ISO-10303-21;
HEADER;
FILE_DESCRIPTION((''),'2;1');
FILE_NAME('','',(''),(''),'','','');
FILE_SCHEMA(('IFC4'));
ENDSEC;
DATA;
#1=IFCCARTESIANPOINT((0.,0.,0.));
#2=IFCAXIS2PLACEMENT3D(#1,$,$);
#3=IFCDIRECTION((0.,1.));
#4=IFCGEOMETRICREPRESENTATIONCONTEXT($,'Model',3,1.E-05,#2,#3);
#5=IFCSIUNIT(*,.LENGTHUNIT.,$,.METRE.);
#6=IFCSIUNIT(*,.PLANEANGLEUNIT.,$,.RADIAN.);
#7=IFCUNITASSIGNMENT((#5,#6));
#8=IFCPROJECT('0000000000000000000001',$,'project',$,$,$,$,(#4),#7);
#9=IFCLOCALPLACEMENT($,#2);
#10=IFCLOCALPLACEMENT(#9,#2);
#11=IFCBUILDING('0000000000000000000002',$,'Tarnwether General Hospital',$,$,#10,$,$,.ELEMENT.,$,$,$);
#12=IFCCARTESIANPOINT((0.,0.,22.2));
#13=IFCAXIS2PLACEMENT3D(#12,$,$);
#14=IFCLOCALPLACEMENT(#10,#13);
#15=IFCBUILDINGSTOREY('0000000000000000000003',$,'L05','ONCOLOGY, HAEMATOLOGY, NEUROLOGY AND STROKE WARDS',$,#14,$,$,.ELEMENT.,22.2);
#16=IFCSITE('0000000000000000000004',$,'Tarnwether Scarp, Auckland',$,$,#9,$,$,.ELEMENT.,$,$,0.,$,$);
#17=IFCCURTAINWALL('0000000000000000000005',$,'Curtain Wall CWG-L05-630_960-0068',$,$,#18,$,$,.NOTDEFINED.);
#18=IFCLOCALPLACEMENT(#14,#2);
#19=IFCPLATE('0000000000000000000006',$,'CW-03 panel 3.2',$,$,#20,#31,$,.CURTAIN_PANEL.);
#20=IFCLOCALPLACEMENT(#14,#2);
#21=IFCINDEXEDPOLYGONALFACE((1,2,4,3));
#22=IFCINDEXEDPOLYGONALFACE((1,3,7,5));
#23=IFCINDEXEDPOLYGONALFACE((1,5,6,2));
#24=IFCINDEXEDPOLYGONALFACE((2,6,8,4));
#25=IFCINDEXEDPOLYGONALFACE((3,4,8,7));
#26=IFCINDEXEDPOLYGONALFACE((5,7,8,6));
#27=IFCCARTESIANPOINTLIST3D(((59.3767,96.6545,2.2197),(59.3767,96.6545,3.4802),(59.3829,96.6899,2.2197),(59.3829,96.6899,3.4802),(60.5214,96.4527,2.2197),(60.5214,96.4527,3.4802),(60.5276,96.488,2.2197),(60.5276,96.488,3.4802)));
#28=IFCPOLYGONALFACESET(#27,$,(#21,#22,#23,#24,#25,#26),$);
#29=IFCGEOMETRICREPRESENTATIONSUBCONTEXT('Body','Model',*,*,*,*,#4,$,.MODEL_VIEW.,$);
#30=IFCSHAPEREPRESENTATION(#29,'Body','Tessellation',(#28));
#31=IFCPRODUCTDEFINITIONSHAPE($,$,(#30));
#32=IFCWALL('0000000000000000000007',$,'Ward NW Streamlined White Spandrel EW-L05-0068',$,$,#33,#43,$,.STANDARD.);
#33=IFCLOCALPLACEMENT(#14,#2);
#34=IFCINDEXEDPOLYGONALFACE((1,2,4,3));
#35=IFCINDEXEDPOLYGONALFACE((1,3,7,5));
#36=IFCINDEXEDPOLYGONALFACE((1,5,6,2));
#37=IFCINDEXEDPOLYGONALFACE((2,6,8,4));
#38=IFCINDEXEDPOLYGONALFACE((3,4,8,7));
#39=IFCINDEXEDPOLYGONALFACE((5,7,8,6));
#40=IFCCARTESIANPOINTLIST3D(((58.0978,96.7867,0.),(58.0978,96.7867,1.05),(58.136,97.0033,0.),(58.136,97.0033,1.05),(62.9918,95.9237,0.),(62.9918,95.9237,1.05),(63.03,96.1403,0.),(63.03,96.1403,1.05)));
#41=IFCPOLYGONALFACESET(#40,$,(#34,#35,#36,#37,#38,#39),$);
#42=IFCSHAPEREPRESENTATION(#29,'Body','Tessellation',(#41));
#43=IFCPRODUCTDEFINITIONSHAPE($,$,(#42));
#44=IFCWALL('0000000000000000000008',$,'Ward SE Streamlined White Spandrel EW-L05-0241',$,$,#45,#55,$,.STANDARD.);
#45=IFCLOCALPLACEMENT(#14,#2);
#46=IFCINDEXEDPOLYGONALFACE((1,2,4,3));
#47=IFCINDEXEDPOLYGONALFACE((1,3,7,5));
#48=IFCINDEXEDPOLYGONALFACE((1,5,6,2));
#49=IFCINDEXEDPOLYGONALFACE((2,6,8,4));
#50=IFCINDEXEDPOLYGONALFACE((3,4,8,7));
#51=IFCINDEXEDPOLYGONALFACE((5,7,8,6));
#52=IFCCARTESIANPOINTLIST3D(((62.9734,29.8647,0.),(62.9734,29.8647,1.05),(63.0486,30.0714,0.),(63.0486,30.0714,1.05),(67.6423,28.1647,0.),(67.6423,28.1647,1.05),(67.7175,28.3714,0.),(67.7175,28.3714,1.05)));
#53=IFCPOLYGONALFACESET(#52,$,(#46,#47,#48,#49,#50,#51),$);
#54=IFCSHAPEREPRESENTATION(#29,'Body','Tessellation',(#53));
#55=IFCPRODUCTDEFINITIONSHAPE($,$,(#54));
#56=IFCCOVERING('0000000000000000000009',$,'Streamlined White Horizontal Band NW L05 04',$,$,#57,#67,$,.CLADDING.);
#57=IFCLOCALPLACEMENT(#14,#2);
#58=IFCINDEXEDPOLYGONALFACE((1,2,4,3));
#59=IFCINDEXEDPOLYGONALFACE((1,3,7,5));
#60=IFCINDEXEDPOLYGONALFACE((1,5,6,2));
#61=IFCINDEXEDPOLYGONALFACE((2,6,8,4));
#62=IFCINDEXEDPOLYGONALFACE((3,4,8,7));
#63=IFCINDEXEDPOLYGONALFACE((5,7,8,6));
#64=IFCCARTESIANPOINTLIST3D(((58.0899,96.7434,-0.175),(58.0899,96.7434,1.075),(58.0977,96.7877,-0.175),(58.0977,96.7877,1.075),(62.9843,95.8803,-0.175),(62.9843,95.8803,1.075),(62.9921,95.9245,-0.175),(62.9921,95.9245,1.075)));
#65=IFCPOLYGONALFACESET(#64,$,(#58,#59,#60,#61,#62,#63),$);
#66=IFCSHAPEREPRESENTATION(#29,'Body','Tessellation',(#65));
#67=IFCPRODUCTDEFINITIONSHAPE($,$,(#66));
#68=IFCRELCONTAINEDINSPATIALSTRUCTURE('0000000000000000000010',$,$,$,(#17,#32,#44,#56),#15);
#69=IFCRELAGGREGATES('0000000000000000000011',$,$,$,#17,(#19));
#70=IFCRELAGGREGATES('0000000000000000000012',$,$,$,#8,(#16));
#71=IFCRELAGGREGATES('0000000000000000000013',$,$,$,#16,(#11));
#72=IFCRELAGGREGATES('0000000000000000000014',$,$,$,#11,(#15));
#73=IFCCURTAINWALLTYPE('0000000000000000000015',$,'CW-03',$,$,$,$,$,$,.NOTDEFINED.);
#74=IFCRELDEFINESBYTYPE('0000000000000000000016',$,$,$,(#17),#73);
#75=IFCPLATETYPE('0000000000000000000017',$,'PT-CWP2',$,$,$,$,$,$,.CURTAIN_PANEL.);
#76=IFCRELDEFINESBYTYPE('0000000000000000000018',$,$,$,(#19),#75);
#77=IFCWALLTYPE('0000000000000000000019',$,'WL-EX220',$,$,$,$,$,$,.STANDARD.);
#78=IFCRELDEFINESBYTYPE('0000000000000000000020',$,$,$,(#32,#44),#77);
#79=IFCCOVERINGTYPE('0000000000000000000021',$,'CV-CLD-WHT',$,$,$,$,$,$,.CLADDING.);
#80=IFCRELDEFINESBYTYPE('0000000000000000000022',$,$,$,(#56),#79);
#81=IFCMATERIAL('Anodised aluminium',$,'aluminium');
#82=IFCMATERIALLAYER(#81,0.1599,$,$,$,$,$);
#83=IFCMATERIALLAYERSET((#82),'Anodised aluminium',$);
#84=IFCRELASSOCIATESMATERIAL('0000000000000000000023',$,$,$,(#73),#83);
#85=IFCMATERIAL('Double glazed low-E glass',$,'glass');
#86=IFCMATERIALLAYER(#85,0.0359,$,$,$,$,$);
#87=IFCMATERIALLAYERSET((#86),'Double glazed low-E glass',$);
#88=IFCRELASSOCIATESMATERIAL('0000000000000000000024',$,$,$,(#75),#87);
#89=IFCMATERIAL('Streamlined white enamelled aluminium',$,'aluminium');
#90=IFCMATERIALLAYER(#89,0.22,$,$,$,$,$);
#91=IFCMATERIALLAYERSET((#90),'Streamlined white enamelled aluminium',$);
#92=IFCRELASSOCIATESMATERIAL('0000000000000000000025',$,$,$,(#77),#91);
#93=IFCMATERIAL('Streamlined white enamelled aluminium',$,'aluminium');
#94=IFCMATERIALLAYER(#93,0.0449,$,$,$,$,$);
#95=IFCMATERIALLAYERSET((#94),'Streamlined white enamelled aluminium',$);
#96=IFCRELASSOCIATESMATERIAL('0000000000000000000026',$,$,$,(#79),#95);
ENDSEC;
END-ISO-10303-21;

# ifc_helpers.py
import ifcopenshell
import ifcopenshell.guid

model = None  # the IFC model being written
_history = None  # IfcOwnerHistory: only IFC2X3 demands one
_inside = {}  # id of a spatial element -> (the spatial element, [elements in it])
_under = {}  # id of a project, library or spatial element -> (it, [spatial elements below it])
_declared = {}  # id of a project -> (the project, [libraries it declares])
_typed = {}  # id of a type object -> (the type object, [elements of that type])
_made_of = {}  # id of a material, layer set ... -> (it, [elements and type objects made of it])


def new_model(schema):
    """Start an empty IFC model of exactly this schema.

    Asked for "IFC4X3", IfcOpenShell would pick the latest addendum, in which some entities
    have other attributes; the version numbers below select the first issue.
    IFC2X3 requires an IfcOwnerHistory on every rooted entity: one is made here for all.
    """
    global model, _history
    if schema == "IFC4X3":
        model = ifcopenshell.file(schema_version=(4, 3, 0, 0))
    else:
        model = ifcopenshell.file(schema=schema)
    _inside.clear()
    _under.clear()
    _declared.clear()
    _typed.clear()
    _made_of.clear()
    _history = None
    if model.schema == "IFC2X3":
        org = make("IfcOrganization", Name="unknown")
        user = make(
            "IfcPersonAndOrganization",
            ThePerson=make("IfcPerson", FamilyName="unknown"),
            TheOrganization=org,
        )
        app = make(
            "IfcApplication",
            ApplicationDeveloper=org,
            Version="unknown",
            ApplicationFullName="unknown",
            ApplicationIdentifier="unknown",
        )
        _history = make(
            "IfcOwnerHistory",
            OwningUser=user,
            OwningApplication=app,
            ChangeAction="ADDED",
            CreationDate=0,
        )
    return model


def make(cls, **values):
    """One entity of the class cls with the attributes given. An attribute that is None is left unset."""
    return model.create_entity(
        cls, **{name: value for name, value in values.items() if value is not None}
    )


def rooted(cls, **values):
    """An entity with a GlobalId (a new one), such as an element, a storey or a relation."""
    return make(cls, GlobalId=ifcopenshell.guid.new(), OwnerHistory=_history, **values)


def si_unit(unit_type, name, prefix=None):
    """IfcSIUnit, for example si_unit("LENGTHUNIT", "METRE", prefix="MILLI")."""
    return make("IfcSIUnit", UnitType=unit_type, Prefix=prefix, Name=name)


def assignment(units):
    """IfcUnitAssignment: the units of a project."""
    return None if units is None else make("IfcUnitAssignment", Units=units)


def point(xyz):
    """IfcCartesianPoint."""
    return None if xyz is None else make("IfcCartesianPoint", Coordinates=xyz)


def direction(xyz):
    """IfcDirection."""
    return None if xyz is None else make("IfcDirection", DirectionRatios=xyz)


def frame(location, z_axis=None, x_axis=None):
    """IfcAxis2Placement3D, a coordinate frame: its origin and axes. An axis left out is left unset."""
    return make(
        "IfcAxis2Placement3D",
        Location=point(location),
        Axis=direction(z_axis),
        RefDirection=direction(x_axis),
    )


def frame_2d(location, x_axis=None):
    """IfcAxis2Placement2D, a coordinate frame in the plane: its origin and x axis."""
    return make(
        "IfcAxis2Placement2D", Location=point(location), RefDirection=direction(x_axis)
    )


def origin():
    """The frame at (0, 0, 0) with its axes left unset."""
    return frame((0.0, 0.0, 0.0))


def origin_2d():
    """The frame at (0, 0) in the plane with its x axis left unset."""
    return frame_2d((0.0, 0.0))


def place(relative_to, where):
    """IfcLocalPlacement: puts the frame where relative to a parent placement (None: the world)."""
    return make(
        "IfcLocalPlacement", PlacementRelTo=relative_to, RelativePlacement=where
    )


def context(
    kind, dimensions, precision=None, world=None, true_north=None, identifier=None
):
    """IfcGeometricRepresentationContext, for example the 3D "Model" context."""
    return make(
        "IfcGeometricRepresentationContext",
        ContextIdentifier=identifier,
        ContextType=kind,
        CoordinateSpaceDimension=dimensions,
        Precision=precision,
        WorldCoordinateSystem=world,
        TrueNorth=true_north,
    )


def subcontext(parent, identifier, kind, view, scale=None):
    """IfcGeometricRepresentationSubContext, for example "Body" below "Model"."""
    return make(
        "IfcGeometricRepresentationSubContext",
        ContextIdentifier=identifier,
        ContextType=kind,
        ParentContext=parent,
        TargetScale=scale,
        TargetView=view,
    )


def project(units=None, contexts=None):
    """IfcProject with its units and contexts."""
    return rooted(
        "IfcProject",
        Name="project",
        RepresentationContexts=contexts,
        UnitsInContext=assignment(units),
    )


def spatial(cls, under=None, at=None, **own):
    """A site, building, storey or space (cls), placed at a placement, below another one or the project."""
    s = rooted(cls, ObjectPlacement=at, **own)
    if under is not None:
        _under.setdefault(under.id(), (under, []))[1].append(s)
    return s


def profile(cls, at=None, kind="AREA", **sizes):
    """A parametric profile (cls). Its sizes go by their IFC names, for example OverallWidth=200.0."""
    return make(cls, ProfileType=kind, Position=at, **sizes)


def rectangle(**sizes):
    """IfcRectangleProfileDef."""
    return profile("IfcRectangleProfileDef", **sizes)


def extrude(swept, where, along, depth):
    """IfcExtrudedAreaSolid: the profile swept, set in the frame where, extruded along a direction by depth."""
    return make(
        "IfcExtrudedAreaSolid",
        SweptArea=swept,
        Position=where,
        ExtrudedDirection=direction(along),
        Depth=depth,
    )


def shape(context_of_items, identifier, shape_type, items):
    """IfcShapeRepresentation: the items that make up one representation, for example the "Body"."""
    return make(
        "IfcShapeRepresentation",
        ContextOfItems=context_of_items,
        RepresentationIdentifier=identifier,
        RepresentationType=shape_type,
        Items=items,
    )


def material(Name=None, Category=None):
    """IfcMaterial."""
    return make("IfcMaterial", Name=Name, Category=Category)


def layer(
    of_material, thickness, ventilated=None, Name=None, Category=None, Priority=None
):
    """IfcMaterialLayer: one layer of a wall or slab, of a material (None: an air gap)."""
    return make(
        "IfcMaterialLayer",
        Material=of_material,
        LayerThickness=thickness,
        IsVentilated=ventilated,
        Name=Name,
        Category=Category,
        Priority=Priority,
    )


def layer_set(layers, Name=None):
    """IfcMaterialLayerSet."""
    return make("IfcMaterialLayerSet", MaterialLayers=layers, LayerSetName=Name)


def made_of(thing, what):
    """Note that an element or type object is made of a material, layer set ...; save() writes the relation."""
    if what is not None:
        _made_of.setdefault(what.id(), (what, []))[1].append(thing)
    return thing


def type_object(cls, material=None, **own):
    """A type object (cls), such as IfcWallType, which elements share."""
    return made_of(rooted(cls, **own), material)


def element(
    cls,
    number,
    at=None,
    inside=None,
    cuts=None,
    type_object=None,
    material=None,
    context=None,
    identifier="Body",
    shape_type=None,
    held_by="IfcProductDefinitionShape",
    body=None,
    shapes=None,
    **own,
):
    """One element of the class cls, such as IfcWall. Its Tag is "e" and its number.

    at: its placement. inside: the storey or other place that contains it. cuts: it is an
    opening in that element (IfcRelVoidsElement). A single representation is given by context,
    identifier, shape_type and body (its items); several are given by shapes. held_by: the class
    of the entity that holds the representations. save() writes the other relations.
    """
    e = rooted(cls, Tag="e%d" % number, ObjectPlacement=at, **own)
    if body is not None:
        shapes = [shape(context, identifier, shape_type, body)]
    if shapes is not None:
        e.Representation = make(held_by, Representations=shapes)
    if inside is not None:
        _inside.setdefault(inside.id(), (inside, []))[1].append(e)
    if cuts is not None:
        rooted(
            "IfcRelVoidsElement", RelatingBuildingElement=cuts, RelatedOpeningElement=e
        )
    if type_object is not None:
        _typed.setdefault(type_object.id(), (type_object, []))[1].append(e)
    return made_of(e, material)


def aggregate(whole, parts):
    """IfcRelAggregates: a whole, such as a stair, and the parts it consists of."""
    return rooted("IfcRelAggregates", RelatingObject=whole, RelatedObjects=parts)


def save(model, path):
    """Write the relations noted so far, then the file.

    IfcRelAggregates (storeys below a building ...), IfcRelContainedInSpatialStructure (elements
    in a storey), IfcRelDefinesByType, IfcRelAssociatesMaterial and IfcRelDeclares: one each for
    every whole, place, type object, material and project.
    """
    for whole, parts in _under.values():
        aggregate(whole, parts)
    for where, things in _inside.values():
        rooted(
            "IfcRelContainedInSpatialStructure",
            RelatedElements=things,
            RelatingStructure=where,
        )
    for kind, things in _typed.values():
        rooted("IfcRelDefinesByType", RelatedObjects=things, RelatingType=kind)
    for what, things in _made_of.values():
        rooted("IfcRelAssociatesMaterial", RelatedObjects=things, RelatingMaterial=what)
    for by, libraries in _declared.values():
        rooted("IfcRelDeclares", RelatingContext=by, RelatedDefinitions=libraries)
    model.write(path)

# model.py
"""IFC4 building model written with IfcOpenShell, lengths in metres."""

from ifc_helpers import new_model, si_unit, direction, frame, frame_2d, origin, origin_2d, place, context, subcontext, project, spatial, rectangle, extrude, material, layer, layer_set, type_object, element, aggregate, save


model = new_model("IFC4")

# Units and contexts
model_context = context("Model", 3, precision=1e-05, world=origin(), true_north=direction((0.0, 1.0)))
body_context = subcontext(model_context, "Body", "Model", "MODEL_VIEW")
ifc_project = project(units=[si_unit("LENGTHUNIT", "METRE"), si_unit("PLANEANGLEUNIT", "RADIAN")], contexts=[model_context])

# Site, building, storey
site_placement = place(None, origin())
site = spatial("IfcSite", under=ifc_project, at=site_placement, Name="Tarnwether Scarp, Auckland", CompositionType="ELEMENT", RefElevation=0.0)
building_placement = place(site_placement, origin())
building = spatial("IfcBuilding", under=site, at=building_placement, Name="Tarnwether General Hospital", CompositionType="ELEMENT")
storey_placement = place(building_placement, frame((0.0, 0.0, 22.2)))
storey = spatial("IfcBuildingStorey", under=building, at=storey_placement, Name="L05", Description="ONCOLOGY, HAEMATOLOGY, NEUROLOGY AND STROKE WARDS", CompositionType="ELEMENT", Elevation=22.2)

# Shared definitions
ifc_material_1 = material(Name="Anodised aluminium", Category="aluminium")
ifc_layer_1 = layer(ifc_material_1, 0.1599)
ifc_layer_set_1 = layer_set([ifc_layer_1], Name="Anodised aluminium")
curtain_wall_type_1 = type_object("IfcCurtainWallType", Name="CW-03", PredefinedType="NOTDEFINED", material=ifc_layer_set_1)

# Curtain wall
curtain_wall_1_placement = place(storey_placement, origin())
curtain_wall_1 = element("IfcCurtainWall", 1, at=curtain_wall_1_placement, inside=storey, type_object=curtain_wall_type_1, Name="Curtain Wall CWG-L05-630_960-0068", PredefinedType="NOTDEFINED")

# Plate
ifc_material_2 = material(Name="Double glazed low-E glass", Category="glass")
ifc_layer_2 = layer(ifc_material_2, 0.0359)
ifc_layer_set_2 = layer_set([ifc_layer_2], Name="Double glazed low-E glass")
plate_type_1 = type_object("IfcPlateType", Name="PT-CWP2", PredefinedType="CURTAIN_PANEL", material=ifc_layer_set_2)
plate_1_placement = place(storey_placement, frame((59.9521, 96.5713, 2.2197), z_axis=(0.0, 0.0, 1.0), x_axis=(-0.984806, 0.173659, 0.0)))
plate_1 = element("IfcPlate", 2, at=plate_1_placement, type_object=plate_type_1, Name="CW-03 panel 3.2", PredefinedType="CURTAIN_PANEL", context=body_context, shape_type="SweptSolid", body=[
    extrude(rectangle(XDim=1.1624, YDim=0.0359, at=origin_2d()), origin(), (0.0, 0.0, 1.0), 1.2605),
])
aggregate(curtain_wall_1, [plate_1])

# Walls
ifc_material_3 = material(Name="Streamlined white enamelled aluminium", Category="aluminium")
ifc_layer_3 = layer(ifc_material_3, 0.22)
ifc_layer_set_3 = layer_set([ifc_layer_3], Name="Streamlined white enamelled aluminium")
wall_type = type_object("IfcWallType", Name="WL-EX220", PredefinedType="STANDARD", material=ifc_layer_set_3)
wall_1_placement = place(storey_placement, frame((63.011, 96.032, 0.0), z_axis=(0.0, 0.0, 1.0), x_axis=(-0.984805, 0.173665, 0.0)))
element("IfcWall", 3, at=wall_1_placement, inside=storey, type_object=wall_type, Name="Ward NW Streamlined White Spandrel EW-L05-0068", PredefinedType="STANDARD", context=body_context, shape_type="SweptSolid", body=[
    extrude(rectangle(XDim=4.9695, YDim=0.22, at=frame_2d((2.4849, 0.0))), origin(), (0.0, 0.0, 1.0), 1.05),
])
wall_2_placement = place(storey_placement, frame((63.011, 29.968, 0.0), z_axis=(0.0, 0.0, 1.0), x_axis=(0.939654, -0.342126, 0.0)))
element("IfcWall", 4, at=wall_2_placement, inside=storey, type_object=wall_type, Name="Ward SE Streamlined White Spandrel EW-L05-0241", PredefinedType="STANDARD", context=body_context, shape_type="SweptSolid", body=[
    extrude(rectangle(XDim=4.9688, YDim=0.22, at=frame_2d((2.4844, 0.0))), origin(), (0.0, 0.0, 1.0), 1.05),
])

# Covering
ifc_material_4 = material(Name="Streamlined white enamelled aluminium", Category="aluminium")
ifc_layer_4 = layer(ifc_material_4, 0.0449)
ifc_layer_set_4 = layer_set([ifc_layer_4], Name="Streamlined white enamelled aluminium")
covering_type = type_object("IfcCoveringType", Name="CV-CLD-WHT", PredefinedType="CLADDING", material=ifc_layer_set_4)
covering_placement = place(storey_placement, frame((60.541, 96.334, -0.175), z_axis=(0.0, 0.0, 1.0), x_axis=(-0.984805, 0.173665, 0.0)))
element("IfcCovering", 5, at=covering_placement, inside=storey, type_object=covering_type, Name="Streamlined White Horizontal Band NW L05 04", PredefinedType="CLADDING", context=body_context, shape_type="SweptSolid", body=[
    extrude(rectangle(XDim=4.97, YDim=0.0449, at=origin_2d()), origin(), (0.0, 0.0, 1.0), 1.25),
])

save(model, "model.ifc")
